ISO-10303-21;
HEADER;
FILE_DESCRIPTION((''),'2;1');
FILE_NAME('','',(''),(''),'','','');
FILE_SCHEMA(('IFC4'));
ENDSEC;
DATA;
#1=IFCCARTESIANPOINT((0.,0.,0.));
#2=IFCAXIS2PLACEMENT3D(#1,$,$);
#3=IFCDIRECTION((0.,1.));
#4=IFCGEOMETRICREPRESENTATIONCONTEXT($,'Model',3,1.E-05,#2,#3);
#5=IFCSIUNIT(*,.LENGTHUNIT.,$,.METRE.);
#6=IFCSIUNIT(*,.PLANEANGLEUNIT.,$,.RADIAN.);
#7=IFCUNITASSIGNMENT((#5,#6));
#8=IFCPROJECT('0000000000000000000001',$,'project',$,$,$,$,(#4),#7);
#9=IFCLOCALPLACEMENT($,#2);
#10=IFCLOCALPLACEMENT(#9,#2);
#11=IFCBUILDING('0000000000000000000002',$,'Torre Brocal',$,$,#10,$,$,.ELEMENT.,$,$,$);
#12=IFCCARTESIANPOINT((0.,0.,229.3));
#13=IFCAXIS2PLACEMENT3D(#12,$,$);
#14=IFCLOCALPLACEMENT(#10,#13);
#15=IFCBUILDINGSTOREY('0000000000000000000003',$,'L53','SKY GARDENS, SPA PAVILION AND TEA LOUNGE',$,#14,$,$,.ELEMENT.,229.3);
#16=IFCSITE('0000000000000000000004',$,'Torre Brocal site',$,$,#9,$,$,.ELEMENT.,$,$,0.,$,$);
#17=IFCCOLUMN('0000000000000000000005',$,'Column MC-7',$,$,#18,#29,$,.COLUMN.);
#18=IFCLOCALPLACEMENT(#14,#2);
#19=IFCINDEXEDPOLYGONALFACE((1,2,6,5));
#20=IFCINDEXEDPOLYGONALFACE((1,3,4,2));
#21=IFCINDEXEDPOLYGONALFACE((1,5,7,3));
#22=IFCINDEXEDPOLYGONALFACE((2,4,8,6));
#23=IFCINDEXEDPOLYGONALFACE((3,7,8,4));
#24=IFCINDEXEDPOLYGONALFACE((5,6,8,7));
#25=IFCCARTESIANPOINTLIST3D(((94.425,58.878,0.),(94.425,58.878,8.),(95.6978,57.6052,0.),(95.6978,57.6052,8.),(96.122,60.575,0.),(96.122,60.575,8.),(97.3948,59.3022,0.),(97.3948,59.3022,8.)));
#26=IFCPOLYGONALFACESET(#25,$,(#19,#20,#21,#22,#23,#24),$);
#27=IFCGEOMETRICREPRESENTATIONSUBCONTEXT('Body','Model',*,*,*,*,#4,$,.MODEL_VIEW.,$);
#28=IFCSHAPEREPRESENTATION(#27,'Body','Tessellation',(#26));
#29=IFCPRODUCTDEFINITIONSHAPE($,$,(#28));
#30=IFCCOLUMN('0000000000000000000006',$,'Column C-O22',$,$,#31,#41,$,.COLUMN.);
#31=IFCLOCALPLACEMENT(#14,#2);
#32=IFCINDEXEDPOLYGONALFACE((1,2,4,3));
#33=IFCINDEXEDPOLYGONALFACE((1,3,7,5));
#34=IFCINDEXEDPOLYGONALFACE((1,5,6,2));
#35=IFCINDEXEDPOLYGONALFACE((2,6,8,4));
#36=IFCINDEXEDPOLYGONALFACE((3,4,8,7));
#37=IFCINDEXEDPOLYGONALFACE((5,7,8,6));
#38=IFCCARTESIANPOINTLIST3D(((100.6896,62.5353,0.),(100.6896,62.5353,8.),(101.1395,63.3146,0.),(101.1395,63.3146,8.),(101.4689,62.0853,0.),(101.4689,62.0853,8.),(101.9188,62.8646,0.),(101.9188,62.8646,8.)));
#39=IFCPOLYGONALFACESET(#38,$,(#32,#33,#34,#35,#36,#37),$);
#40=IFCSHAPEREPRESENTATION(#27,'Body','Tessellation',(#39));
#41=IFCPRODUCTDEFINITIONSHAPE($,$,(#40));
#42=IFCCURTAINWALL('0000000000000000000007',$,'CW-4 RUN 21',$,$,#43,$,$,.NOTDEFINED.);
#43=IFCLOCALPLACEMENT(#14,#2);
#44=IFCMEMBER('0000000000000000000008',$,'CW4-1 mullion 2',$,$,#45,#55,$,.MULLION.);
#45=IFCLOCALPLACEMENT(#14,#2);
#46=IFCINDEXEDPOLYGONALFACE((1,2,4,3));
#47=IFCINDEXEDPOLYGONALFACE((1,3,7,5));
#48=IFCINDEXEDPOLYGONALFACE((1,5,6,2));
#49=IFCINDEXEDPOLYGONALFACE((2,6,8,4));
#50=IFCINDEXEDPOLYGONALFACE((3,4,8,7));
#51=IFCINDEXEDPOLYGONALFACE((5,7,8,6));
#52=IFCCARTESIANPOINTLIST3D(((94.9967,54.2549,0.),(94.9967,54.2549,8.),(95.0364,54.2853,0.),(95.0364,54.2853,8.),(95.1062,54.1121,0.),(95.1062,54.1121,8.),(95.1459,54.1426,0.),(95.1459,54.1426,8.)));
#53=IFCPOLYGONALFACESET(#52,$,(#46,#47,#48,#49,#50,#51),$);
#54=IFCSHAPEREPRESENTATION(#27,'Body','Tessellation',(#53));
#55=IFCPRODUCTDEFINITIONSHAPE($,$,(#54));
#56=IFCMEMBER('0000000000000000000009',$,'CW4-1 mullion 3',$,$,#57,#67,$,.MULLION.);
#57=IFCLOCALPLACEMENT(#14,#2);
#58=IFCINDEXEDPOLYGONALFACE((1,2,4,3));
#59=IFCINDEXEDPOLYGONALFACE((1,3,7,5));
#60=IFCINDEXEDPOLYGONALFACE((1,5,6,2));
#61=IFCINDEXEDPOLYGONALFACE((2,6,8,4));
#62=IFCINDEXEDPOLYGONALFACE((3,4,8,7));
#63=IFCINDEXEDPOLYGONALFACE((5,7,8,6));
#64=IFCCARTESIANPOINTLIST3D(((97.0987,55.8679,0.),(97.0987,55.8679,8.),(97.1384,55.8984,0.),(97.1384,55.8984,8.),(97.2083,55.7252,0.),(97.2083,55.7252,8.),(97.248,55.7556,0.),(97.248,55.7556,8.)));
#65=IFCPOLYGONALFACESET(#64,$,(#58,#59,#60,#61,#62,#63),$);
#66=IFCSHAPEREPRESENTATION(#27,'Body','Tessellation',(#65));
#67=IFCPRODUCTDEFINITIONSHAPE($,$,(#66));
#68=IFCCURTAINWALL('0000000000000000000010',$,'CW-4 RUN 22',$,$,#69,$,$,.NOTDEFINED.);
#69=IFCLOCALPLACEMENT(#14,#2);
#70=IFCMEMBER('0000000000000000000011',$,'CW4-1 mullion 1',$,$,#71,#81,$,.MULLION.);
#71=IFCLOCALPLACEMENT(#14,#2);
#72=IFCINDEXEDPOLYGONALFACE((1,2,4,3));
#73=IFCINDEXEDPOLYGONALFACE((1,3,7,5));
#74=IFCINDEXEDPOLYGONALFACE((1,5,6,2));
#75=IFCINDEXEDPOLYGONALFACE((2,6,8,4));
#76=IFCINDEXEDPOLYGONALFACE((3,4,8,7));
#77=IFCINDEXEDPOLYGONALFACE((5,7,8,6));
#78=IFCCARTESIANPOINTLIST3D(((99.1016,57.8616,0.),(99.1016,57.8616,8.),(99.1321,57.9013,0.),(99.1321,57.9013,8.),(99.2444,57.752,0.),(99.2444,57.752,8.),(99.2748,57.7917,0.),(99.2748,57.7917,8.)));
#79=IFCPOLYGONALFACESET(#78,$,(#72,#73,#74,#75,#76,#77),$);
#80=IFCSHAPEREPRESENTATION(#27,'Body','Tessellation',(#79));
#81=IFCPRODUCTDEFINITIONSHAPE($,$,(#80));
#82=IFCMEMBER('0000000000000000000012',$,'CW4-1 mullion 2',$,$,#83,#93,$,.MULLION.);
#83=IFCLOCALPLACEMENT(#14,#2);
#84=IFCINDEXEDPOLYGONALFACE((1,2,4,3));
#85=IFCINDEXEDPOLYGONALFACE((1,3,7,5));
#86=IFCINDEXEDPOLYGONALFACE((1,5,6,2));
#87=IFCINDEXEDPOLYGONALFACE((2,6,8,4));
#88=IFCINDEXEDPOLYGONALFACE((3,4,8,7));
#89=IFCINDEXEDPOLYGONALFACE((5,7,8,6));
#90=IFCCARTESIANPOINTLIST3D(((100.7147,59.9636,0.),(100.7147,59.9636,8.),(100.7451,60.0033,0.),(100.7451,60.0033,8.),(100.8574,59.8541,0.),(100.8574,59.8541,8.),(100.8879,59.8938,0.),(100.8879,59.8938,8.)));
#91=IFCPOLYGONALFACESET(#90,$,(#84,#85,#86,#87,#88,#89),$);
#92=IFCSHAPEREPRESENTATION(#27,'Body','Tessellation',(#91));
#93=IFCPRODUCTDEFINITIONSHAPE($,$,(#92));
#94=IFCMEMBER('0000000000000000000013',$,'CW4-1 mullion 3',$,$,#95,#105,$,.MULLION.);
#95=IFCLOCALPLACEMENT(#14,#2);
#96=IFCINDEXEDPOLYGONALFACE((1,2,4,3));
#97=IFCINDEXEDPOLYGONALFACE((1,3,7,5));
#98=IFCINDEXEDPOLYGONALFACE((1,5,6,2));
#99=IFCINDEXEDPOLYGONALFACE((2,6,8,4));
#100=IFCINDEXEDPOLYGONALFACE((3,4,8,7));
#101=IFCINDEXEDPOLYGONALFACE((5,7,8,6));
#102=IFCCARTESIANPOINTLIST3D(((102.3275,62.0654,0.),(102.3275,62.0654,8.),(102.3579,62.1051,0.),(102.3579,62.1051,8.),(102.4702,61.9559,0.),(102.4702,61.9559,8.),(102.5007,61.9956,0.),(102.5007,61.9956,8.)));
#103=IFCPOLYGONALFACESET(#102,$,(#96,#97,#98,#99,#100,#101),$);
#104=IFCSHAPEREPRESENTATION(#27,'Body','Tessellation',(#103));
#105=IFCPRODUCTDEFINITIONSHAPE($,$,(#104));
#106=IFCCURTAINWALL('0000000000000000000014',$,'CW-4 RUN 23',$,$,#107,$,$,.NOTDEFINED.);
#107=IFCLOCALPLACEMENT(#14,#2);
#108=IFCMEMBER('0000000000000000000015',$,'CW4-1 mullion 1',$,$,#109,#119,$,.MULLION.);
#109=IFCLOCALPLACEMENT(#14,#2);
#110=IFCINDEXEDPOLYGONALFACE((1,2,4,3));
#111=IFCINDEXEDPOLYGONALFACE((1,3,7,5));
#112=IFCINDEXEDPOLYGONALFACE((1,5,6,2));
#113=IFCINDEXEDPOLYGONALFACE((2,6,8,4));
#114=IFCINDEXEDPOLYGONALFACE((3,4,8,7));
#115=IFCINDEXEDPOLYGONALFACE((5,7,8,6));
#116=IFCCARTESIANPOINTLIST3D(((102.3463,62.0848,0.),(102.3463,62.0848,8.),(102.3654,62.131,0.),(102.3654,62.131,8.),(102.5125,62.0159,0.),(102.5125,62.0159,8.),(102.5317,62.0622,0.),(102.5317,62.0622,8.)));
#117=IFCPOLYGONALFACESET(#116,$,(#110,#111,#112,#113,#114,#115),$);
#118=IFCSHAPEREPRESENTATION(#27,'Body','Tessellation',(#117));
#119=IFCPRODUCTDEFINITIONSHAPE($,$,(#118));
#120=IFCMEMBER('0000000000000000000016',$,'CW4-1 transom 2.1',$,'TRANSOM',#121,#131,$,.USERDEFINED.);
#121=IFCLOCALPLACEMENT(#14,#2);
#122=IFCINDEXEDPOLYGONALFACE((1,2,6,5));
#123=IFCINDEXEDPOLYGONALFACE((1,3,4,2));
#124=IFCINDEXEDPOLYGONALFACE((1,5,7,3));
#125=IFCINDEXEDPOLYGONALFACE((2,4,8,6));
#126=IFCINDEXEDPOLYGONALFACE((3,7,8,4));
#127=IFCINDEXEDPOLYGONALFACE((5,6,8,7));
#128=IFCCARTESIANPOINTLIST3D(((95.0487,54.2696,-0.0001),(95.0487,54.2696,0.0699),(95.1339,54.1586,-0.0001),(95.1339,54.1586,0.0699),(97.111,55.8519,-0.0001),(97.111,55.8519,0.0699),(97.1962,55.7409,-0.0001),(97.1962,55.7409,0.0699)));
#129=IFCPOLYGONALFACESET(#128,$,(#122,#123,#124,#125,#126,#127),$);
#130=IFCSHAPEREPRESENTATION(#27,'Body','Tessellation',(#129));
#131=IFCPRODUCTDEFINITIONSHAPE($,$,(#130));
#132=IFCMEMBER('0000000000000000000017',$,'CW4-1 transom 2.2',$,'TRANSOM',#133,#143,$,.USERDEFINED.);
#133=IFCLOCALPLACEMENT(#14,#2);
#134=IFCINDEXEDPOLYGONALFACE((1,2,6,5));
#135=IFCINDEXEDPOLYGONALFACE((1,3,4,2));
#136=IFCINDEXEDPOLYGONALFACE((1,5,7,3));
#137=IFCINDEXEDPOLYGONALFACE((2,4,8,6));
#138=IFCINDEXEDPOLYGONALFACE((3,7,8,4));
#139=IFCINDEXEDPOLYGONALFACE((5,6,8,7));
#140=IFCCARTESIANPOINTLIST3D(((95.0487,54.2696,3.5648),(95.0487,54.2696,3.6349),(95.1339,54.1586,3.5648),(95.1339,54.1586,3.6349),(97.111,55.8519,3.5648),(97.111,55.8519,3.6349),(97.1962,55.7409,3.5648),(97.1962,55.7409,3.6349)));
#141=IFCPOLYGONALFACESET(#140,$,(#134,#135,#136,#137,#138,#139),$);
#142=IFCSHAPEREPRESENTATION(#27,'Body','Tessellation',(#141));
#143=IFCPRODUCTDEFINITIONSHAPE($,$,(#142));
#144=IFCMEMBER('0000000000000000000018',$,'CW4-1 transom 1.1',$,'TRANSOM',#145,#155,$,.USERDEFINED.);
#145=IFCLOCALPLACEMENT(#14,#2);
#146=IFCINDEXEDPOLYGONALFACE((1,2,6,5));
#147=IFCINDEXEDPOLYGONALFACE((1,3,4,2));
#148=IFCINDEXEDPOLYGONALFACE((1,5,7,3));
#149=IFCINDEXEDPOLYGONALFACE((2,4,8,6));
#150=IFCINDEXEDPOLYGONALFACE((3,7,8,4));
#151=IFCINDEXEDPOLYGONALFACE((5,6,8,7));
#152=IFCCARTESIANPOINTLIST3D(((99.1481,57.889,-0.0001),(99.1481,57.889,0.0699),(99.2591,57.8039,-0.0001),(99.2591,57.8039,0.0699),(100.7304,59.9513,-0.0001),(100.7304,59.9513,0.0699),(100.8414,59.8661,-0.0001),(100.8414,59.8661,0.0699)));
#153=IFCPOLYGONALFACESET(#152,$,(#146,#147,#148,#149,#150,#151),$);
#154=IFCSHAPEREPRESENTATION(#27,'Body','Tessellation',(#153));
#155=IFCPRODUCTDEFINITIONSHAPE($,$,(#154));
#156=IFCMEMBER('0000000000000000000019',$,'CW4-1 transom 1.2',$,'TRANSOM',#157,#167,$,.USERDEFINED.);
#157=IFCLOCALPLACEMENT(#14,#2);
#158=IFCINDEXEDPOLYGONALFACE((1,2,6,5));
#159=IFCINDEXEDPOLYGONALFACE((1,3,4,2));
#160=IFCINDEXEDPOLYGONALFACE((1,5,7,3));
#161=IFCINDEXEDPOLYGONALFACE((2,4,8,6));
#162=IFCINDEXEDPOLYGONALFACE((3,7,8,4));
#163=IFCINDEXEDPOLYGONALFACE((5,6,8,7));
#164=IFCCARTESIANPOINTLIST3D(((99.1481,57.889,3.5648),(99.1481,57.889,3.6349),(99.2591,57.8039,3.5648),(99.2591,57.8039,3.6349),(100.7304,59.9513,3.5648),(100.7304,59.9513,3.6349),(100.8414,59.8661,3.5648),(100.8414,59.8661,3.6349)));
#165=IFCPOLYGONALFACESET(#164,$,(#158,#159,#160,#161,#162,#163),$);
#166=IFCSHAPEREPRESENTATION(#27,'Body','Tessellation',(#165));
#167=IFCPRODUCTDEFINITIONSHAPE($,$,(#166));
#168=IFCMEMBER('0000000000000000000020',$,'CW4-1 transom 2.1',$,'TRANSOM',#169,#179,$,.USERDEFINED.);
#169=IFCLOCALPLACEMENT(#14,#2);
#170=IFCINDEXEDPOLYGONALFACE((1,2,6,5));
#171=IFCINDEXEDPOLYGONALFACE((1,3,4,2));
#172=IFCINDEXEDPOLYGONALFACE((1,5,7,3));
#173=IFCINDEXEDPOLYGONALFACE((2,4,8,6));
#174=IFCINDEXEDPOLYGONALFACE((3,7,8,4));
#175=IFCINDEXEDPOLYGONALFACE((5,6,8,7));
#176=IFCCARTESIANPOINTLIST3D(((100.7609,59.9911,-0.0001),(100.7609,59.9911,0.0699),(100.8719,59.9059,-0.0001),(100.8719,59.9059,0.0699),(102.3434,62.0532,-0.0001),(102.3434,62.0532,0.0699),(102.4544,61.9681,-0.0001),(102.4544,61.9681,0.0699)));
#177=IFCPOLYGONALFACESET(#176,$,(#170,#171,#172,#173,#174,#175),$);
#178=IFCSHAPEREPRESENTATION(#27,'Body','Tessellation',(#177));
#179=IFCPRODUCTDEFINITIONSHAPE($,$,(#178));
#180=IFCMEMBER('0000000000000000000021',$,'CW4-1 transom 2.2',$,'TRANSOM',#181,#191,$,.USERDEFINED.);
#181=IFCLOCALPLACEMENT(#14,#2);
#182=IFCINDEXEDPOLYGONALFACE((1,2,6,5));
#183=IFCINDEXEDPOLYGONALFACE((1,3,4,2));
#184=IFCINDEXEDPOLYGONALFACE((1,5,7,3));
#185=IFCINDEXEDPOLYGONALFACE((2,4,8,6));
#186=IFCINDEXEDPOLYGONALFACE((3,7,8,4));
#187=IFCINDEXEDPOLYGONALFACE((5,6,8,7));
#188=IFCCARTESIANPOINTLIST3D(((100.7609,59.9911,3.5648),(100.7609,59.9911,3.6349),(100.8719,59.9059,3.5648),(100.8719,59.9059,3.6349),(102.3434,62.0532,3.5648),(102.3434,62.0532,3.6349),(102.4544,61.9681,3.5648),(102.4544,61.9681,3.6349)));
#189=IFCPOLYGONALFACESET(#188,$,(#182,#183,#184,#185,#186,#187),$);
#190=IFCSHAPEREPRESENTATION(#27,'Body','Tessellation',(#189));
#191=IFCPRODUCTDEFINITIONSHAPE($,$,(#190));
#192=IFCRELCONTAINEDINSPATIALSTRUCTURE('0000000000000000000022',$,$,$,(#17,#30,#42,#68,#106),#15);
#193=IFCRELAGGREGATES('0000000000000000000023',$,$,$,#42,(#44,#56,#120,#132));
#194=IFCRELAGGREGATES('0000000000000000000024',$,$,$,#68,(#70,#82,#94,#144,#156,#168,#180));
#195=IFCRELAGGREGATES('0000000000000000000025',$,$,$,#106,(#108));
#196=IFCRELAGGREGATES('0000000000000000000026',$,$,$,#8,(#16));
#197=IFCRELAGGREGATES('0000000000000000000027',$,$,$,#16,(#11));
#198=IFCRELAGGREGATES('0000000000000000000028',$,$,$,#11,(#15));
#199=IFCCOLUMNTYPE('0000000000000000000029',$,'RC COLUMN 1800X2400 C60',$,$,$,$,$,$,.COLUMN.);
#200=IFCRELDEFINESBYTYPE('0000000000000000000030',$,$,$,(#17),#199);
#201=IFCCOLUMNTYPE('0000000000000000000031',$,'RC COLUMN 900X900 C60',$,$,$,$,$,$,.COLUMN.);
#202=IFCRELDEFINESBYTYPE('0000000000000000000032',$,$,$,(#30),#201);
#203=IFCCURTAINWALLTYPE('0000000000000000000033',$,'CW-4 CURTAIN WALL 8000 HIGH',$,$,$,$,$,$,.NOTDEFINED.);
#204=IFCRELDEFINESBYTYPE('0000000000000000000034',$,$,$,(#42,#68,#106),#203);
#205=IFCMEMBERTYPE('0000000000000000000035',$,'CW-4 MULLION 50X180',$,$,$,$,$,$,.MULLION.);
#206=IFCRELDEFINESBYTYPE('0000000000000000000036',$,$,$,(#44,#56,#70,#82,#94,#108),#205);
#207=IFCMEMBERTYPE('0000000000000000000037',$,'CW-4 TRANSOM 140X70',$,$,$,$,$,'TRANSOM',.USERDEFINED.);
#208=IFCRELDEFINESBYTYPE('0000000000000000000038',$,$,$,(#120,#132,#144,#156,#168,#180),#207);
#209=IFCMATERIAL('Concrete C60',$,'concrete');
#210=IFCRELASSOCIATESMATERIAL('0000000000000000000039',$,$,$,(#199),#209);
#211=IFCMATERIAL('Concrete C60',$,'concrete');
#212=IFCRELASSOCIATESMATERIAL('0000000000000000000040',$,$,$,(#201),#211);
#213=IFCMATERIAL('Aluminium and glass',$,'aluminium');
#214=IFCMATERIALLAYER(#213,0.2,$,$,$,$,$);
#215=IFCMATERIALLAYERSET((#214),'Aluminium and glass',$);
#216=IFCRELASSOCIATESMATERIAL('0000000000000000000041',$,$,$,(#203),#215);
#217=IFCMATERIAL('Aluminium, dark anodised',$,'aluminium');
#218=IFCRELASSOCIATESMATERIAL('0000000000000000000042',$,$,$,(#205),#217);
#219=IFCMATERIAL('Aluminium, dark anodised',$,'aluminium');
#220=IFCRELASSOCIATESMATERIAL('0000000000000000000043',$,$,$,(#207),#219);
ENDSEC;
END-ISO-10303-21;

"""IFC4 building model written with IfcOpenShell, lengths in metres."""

from ifc_helpers import new_model, si_unit, direction, frame, origin, origin_2d, place, context, subcontext, project, spatial, rectangle, extrude, material, layer, layer_set, material_profile, profile_set, type_object, element, aggregate, save


model = new_model("IFC4")

# Units and contexts
model_context = context("Model", 3, precision=1e-05, world=origin(), true_north=direction((0.0, 1.0)))
body_context = subcontext(model_context, "Body", "Model", "MODEL_VIEW")
ifc_project = project(units=[si_unit("LENGTHUNIT", "METRE"), si_unit("PLANEANGLEUNIT", "RADIAN")], contexts=[model_context])

# Site, building, storey
site_placement = place(None, origin())
site = spatial("IfcSite", under=ifc_project, at=site_placement, Name="Torre Brocal site", CompositionType="ELEMENT", RefElevation=0.0)
building_placement = place(site_placement, origin())
building = spatial("IfcBuilding", under=site, at=building_placement, Name="Torre Brocal", CompositionType="ELEMENT")
storey_placement = place(building_placement, frame((0.0, 0.0, 229.3)))
storey = spatial("IfcBuildingStorey", under=building, at=storey_placement, Name="L53", Description="SKY GARDENS, SPA PAVILION AND TEA LOUNGE", CompositionType="ELEMENT", Elevation=229.3)

# Columns
ifc_material_1 = material(Name="Concrete C60", Category="concrete")
ifc_material_profile_1 = material_profile(ifc_material_1, rectangle(XDim=1.8, YDim=2.3999, at=origin_2d()), Name="RC 1800X2400")
ifc_profile_set_1 = profile_set([ifc_material_profile_1], Name="Concrete C60")
column_type_1 = type_object("IfcColumnType", Name="RC COLUMN 1800X2400 C60", PredefinedType="COLUMN", material=ifc_profile_set_1)
column_1_placement = place(storey_placement, frame((95.9099, 59.0901, 0.0), z_axis=(0.0, 0.0, 1.0), x_axis=(0.707107, -0.707107, 0.0)))
element("IfcColumn", 1, at=column_1_placement, inside=storey, type_object=column_type_1, Name="Column MC-7", PredefinedType="COLUMN", context=body_context, shape_type="SweptSolid", body=[
    extrude(rectangle(XDim=1.8, YDim=2.3999, at=origin_2d()), origin(), (0.0, 0.0, 1.0), 8.0),
])
ifc_material_2 = material(Name="Concrete C60", Category="concrete")
ifc_material_profile_2 = material_profile(ifc_material_2, rectangle(XDim=0.8999, YDim=0.8999, at=origin_2d()), Name="RC 900X900")
ifc_profile_set_2 = profile_set([ifc_material_profile_2], Name="Concrete C60")
column_type_2 = type_object("IfcColumnType", Name="RC COLUMN 900X900 C60", PredefinedType="COLUMN", material=ifc_profile_set_2)
column_2_placement = place(storey_placement, frame((101.3042, 62.7, 0.0), z_axis=(0.0, 0.0, 1.0), x_axis=(0.866025, -0.5, 0.0)))
element("IfcColumn", 2, at=column_2_placement, inside=storey, type_object=column_type_2, Name="Column C-O22", PredefinedType="COLUMN", context=body_context, shape_type="SweptSolid", body=[
    extrude(rectangle(XDim=0.8999, YDim=0.8999, at=origin_2d()), origin(), (0.0, 0.0, 1.0), 8.0),
])

# Curtain walls, members
ifc_material_3 = material(Name="Aluminium and glass", Category="aluminium")
ifc_layer_1 = layer(ifc_material_3, 0.2)
ifc_layer_set_1 = layer_set([ifc_layer_1], Name="Aluminium and glass")
curtain_wall_type = type_object("IfcCurtainWallType", Name="CW-4 CURTAIN WALL 8000 HIGH", PredefinedType="NOTDEFINED", material=ifc_layer_set_1)
curtain_wall_1_placement = place(storey_placement, origin())
curtain_wall_1 = element("IfcCurtainWall", 3, at=curtain_wall_1_placement, inside=storey, type_object=curtain_wall_type, Name="CW-4 RUN 21", PredefinedType="NOTDEFINED")
ifc_material_4 = material(Name="Aluminium, dark anodised", Category="aluminium")
ifc_material_profile_3 = material_profile(ifc_material_4, rectangle(XDim=0.1799, YDim=0.05, at=origin_2d()), Name="CW-4 MULLION 50X180")
ifc_profile_set_3 = profile_set([ifc_material_profile_3], Name="Aluminium, dark anodised")
member_type_1 = type_object("IfcMemberType", Name="CW-4 MULLION 50X180", PredefinedType="MULLION", material=ifc_profile_set_3)
member_1_placement = place(storey_placement, frame((95.0713, 54.1987, 0.0), z_axis=(0.0, 0.0, 1.0), x_axis=(-0.608761, 0.793353, 0.0)))
member_1 = element("IfcMember", 4, at=member_1_placement, type_object=member_type_1, Name="CW4-1 mullion 2", PredefinedType="MULLION", context=body_context, shape_type="SweptSolid", body=[
    extrude(rectangle(XDim=0.1799, YDim=0.05, at=origin_2d()), origin(), (0.0, 0.0, 1.0), 8.0),
])
member_2_placement = place(storey_placement, frame((97.1733, 55.8118, 0.0), z_axis=(0.0, 0.0, 1.0), x_axis=(-0.608761, 0.793353, 0.0)))
member_2 = element("IfcMember", 5, at=member_2_placement, type_object=member_type_1, Name="CW4-1 mullion 3", PredefinedType="MULLION", context=body_context, shape_type="SweptSolid", body=[
    extrude(rectangle(XDim=0.1799, YDim=0.05, at=origin_2d()), origin(), (0.0, 0.0, 1.0), 8.0),
])
curtain_wall_2_placement = place(storey_placement, origin())
curtain_wall_2 = element("IfcCurtainWall", 6, at=curtain_wall_2_placement, inside=storey, type_object=curtain_wall_type, Name="CW-4 RUN 22", PredefinedType="NOTDEFINED")
member_3_placement = place(storey_placement, frame((99.1882, 57.8267, 0.0), z_axis=(0.0, 0.0, 1.0), x_axis=(-0.793353, 0.608761, 0.0)))
member_3 = element("IfcMember", 7, at=member_3_placement, type_object=member_type_1, Name="CW4-1 mullion 1", PredefinedType="MULLION", context=body_context, shape_type="SweptSolid", body=[
    extrude(rectangle(XDim=0.1799, YDim=0.05, at=origin_2d()), origin(), (0.0, 0.0, 1.0), 8.0),
])
member_4_placement = place(storey_placement, frame((100.8013, 59.9287, 0.0), z_axis=(0.0, 0.0, 1.0), x_axis=(-0.793353, 0.608761, 0.0)))
member_4 = element("IfcMember", 8, at=member_4_placement, type_object=member_type_1, Name="CW4-1 mullion 2", PredefinedType="MULLION", context=body_context, shape_type="SweptSolid", body=[
    extrude(rectangle(XDim=0.1799, YDim=0.05, at=origin_2d()), origin(), (0.0, 0.0, 1.0), 8.0),
])
member_5_placement = place(storey_placement, frame((102.4141, 62.0305, 0.0), z_axis=(0.0, 0.0, 1.0), x_axis=(-0.793353, 0.608761, 0.0)))
member_5 = element("IfcMember", 9, at=member_5_placement, type_object=member_type_1, Name="CW4-1 mullion 3", PredefinedType="MULLION", context=body_context, shape_type="SweptSolid", body=[
    extrude(rectangle(XDim=0.1799, YDim=0.05, at=origin_2d()), origin(), (0.0, 0.0, 1.0), 8.0),
])

# Curtain wall, member
curtain_wall_3_placement = place(storey_placement, origin())
curtain_wall_3 = element("IfcCurtainWall", 10, at=curtain_wall_3_placement, inside=storey, type_object=curtain_wall_type, Name="CW-4 RUN 23", PredefinedType="NOTDEFINED")
member_6_placement = place(storey_placement, frame((102.439, 62.0735, 0.0), z_axis=(0.0, 0.0, 1.0), x_axis=(-0.92388, 0.382683, 0.0)))
member_6 = element("IfcMember", 11, at=member_6_placement, type_object=member_type_1, Name="CW4-1 mullion 1", PredefinedType="MULLION", context=body_context, shape_type="SweptSolid", body=[
    extrude(rectangle(XDim=0.1799, YDim=0.05, at=origin_2d()), origin(), (0.0, 0.0, 1.0), 8.0),
])

# Members
ifc_material_5 = material(Name="Aluminium, dark anodised", Category="aluminium")
ifc_material_profile_4 = material_profile(ifc_material_5, rectangle(XDim=0.1399, YDim=0.0701, at=origin_2d()), Name="CW-4 TRANSOM 140X70")
ifc_profile_set_4 = profile_set([ifc_material_profile_4], Name="Aluminium, dark anodised")
member_type_2 = type_object("IfcMemberType", Name="CW-4 TRANSOM 140X70", ElementType="TRANSOM", PredefinedType="USERDEFINED", material=ifc_profile_set_4)
member_7_placement = place(storey_placement, frame((95.0913, 54.2141, 0.0349), z_axis=(0.793381, 0.608725, 0.0), x_axis=(-0.608725, 0.793381, 0.0)))
member_7 = element("IfcMember", 12, at=member_7_placement, type_object=member_type_2, Name="CW4-1 transom 2.1", ObjectType="TRANSOM", PredefinedType="USERDEFINED", context=body_context, shape_type="SweptSolid", body=[
    extrude(rectangle(XDim=0.1399, YDim=0.0701, at=origin_2d()), origin(), (0.0, 0.0, 1.0), 2.5994),
])
member_8_placement = place(storey_placement, frame((95.0913, 54.2141, 3.5999), z_axis=(0.793381, 0.608725, 0.0), x_axis=(-0.608725, 0.793381, 0.0)))
member_8 = element("IfcMember", 13, at=member_8_placement, type_object=member_type_2, Name="CW4-1 transom 2.2", ObjectType="TRANSOM", PredefinedType="USERDEFINED", context=body_context, shape_type="SweptSolid", body=[
    extrude(rectangle(XDim=0.1399, YDim=0.0701, at=origin_2d()), origin(), (0.0, 0.0, 1.0), 2.5994),
])
member_9_placement = place(storey_placement, frame((99.2036, 57.8464, 0.0349), z_axis=(0.608725, 0.793381, 0.0), x_axis=(-0.793381, 0.608725, 0.0)))
member_9 = element("IfcMember", 14, at=member_9_placement, type_object=member_type_2, Name="CW4-1 transom 1.1", ObjectType="TRANSOM", PredefinedType="USERDEFINED", context=body_context, shape_type="SweptSolid", body=[
    extrude(rectangle(XDim=0.1399, YDim=0.0701, at=origin_2d()), origin(), (0.0, 0.0, 1.0), 2.5994),
])
member_10_placement = place(storey_placement, frame((99.2036, 57.8464, 3.5999), z_axis=(0.608725, 0.793381, 0.0), x_axis=(-0.793381, 0.608725, 0.0)))
member_10 = element("IfcMember", 15, at=member_10_placement, type_object=member_type_2, Name="CW4-1 transom 1.2", ObjectType="TRANSOM", PredefinedType="USERDEFINED", context=body_context, shape_type="SweptSolid", body=[
    extrude(rectangle(XDim=0.1399, YDim=0.0701, at=origin_2d()), origin(), (0.0, 0.0, 1.0), 2.5994),
])
member_11_placement = place(storey_placement, frame((100.8164, 59.9485, 0.0349), z_axis=(0.608784, 0.793336, 0.0), x_axis=(-0.793336, 0.608784, 0.0)))
member_11 = element("IfcMember", 16, at=member_11_placement, type_object=member_type_2, Name="CW4-1 transom 2.1", ObjectType="TRANSOM", PredefinedType="USERDEFINED", context=body_context, shape_type="SweptSolid", body=[
    extrude(rectangle(XDim=0.1399, YDim=0.0701, at=origin_2d()), origin(), (0.0, 0.0, 1.0), 2.5994),
])
member_12_placement = place(storey_placement, frame((100.8164, 59.9485, 3.5999), z_axis=(0.608784, 0.793336, 0.0), x_axis=(-0.793336, 0.608784, 0.0)))
member_12 = element("IfcMember", 17, at=member_12_placement, type_object=member_type_2, Name="CW4-1 transom 2.2", ObjectType="TRANSOM", PredefinedType="USERDEFINED", context=body_context, shape_type="SweptSolid", body=[
    extrude(rectangle(XDim=0.1399, YDim=0.0701, at=origin_2d()), origin(), (0.0, 0.0, 1.0), 2.5994),
])

aggregate(curtain_wall_1, [member_1, member_2, member_7, member_8])
aggregate(curtain_wall_2, [member_3, member_4, member_5, member_9, member_10, member_11, member_12])
aggregate(curtain_wall_3, [member_6])

save(model, "model.ifc")
